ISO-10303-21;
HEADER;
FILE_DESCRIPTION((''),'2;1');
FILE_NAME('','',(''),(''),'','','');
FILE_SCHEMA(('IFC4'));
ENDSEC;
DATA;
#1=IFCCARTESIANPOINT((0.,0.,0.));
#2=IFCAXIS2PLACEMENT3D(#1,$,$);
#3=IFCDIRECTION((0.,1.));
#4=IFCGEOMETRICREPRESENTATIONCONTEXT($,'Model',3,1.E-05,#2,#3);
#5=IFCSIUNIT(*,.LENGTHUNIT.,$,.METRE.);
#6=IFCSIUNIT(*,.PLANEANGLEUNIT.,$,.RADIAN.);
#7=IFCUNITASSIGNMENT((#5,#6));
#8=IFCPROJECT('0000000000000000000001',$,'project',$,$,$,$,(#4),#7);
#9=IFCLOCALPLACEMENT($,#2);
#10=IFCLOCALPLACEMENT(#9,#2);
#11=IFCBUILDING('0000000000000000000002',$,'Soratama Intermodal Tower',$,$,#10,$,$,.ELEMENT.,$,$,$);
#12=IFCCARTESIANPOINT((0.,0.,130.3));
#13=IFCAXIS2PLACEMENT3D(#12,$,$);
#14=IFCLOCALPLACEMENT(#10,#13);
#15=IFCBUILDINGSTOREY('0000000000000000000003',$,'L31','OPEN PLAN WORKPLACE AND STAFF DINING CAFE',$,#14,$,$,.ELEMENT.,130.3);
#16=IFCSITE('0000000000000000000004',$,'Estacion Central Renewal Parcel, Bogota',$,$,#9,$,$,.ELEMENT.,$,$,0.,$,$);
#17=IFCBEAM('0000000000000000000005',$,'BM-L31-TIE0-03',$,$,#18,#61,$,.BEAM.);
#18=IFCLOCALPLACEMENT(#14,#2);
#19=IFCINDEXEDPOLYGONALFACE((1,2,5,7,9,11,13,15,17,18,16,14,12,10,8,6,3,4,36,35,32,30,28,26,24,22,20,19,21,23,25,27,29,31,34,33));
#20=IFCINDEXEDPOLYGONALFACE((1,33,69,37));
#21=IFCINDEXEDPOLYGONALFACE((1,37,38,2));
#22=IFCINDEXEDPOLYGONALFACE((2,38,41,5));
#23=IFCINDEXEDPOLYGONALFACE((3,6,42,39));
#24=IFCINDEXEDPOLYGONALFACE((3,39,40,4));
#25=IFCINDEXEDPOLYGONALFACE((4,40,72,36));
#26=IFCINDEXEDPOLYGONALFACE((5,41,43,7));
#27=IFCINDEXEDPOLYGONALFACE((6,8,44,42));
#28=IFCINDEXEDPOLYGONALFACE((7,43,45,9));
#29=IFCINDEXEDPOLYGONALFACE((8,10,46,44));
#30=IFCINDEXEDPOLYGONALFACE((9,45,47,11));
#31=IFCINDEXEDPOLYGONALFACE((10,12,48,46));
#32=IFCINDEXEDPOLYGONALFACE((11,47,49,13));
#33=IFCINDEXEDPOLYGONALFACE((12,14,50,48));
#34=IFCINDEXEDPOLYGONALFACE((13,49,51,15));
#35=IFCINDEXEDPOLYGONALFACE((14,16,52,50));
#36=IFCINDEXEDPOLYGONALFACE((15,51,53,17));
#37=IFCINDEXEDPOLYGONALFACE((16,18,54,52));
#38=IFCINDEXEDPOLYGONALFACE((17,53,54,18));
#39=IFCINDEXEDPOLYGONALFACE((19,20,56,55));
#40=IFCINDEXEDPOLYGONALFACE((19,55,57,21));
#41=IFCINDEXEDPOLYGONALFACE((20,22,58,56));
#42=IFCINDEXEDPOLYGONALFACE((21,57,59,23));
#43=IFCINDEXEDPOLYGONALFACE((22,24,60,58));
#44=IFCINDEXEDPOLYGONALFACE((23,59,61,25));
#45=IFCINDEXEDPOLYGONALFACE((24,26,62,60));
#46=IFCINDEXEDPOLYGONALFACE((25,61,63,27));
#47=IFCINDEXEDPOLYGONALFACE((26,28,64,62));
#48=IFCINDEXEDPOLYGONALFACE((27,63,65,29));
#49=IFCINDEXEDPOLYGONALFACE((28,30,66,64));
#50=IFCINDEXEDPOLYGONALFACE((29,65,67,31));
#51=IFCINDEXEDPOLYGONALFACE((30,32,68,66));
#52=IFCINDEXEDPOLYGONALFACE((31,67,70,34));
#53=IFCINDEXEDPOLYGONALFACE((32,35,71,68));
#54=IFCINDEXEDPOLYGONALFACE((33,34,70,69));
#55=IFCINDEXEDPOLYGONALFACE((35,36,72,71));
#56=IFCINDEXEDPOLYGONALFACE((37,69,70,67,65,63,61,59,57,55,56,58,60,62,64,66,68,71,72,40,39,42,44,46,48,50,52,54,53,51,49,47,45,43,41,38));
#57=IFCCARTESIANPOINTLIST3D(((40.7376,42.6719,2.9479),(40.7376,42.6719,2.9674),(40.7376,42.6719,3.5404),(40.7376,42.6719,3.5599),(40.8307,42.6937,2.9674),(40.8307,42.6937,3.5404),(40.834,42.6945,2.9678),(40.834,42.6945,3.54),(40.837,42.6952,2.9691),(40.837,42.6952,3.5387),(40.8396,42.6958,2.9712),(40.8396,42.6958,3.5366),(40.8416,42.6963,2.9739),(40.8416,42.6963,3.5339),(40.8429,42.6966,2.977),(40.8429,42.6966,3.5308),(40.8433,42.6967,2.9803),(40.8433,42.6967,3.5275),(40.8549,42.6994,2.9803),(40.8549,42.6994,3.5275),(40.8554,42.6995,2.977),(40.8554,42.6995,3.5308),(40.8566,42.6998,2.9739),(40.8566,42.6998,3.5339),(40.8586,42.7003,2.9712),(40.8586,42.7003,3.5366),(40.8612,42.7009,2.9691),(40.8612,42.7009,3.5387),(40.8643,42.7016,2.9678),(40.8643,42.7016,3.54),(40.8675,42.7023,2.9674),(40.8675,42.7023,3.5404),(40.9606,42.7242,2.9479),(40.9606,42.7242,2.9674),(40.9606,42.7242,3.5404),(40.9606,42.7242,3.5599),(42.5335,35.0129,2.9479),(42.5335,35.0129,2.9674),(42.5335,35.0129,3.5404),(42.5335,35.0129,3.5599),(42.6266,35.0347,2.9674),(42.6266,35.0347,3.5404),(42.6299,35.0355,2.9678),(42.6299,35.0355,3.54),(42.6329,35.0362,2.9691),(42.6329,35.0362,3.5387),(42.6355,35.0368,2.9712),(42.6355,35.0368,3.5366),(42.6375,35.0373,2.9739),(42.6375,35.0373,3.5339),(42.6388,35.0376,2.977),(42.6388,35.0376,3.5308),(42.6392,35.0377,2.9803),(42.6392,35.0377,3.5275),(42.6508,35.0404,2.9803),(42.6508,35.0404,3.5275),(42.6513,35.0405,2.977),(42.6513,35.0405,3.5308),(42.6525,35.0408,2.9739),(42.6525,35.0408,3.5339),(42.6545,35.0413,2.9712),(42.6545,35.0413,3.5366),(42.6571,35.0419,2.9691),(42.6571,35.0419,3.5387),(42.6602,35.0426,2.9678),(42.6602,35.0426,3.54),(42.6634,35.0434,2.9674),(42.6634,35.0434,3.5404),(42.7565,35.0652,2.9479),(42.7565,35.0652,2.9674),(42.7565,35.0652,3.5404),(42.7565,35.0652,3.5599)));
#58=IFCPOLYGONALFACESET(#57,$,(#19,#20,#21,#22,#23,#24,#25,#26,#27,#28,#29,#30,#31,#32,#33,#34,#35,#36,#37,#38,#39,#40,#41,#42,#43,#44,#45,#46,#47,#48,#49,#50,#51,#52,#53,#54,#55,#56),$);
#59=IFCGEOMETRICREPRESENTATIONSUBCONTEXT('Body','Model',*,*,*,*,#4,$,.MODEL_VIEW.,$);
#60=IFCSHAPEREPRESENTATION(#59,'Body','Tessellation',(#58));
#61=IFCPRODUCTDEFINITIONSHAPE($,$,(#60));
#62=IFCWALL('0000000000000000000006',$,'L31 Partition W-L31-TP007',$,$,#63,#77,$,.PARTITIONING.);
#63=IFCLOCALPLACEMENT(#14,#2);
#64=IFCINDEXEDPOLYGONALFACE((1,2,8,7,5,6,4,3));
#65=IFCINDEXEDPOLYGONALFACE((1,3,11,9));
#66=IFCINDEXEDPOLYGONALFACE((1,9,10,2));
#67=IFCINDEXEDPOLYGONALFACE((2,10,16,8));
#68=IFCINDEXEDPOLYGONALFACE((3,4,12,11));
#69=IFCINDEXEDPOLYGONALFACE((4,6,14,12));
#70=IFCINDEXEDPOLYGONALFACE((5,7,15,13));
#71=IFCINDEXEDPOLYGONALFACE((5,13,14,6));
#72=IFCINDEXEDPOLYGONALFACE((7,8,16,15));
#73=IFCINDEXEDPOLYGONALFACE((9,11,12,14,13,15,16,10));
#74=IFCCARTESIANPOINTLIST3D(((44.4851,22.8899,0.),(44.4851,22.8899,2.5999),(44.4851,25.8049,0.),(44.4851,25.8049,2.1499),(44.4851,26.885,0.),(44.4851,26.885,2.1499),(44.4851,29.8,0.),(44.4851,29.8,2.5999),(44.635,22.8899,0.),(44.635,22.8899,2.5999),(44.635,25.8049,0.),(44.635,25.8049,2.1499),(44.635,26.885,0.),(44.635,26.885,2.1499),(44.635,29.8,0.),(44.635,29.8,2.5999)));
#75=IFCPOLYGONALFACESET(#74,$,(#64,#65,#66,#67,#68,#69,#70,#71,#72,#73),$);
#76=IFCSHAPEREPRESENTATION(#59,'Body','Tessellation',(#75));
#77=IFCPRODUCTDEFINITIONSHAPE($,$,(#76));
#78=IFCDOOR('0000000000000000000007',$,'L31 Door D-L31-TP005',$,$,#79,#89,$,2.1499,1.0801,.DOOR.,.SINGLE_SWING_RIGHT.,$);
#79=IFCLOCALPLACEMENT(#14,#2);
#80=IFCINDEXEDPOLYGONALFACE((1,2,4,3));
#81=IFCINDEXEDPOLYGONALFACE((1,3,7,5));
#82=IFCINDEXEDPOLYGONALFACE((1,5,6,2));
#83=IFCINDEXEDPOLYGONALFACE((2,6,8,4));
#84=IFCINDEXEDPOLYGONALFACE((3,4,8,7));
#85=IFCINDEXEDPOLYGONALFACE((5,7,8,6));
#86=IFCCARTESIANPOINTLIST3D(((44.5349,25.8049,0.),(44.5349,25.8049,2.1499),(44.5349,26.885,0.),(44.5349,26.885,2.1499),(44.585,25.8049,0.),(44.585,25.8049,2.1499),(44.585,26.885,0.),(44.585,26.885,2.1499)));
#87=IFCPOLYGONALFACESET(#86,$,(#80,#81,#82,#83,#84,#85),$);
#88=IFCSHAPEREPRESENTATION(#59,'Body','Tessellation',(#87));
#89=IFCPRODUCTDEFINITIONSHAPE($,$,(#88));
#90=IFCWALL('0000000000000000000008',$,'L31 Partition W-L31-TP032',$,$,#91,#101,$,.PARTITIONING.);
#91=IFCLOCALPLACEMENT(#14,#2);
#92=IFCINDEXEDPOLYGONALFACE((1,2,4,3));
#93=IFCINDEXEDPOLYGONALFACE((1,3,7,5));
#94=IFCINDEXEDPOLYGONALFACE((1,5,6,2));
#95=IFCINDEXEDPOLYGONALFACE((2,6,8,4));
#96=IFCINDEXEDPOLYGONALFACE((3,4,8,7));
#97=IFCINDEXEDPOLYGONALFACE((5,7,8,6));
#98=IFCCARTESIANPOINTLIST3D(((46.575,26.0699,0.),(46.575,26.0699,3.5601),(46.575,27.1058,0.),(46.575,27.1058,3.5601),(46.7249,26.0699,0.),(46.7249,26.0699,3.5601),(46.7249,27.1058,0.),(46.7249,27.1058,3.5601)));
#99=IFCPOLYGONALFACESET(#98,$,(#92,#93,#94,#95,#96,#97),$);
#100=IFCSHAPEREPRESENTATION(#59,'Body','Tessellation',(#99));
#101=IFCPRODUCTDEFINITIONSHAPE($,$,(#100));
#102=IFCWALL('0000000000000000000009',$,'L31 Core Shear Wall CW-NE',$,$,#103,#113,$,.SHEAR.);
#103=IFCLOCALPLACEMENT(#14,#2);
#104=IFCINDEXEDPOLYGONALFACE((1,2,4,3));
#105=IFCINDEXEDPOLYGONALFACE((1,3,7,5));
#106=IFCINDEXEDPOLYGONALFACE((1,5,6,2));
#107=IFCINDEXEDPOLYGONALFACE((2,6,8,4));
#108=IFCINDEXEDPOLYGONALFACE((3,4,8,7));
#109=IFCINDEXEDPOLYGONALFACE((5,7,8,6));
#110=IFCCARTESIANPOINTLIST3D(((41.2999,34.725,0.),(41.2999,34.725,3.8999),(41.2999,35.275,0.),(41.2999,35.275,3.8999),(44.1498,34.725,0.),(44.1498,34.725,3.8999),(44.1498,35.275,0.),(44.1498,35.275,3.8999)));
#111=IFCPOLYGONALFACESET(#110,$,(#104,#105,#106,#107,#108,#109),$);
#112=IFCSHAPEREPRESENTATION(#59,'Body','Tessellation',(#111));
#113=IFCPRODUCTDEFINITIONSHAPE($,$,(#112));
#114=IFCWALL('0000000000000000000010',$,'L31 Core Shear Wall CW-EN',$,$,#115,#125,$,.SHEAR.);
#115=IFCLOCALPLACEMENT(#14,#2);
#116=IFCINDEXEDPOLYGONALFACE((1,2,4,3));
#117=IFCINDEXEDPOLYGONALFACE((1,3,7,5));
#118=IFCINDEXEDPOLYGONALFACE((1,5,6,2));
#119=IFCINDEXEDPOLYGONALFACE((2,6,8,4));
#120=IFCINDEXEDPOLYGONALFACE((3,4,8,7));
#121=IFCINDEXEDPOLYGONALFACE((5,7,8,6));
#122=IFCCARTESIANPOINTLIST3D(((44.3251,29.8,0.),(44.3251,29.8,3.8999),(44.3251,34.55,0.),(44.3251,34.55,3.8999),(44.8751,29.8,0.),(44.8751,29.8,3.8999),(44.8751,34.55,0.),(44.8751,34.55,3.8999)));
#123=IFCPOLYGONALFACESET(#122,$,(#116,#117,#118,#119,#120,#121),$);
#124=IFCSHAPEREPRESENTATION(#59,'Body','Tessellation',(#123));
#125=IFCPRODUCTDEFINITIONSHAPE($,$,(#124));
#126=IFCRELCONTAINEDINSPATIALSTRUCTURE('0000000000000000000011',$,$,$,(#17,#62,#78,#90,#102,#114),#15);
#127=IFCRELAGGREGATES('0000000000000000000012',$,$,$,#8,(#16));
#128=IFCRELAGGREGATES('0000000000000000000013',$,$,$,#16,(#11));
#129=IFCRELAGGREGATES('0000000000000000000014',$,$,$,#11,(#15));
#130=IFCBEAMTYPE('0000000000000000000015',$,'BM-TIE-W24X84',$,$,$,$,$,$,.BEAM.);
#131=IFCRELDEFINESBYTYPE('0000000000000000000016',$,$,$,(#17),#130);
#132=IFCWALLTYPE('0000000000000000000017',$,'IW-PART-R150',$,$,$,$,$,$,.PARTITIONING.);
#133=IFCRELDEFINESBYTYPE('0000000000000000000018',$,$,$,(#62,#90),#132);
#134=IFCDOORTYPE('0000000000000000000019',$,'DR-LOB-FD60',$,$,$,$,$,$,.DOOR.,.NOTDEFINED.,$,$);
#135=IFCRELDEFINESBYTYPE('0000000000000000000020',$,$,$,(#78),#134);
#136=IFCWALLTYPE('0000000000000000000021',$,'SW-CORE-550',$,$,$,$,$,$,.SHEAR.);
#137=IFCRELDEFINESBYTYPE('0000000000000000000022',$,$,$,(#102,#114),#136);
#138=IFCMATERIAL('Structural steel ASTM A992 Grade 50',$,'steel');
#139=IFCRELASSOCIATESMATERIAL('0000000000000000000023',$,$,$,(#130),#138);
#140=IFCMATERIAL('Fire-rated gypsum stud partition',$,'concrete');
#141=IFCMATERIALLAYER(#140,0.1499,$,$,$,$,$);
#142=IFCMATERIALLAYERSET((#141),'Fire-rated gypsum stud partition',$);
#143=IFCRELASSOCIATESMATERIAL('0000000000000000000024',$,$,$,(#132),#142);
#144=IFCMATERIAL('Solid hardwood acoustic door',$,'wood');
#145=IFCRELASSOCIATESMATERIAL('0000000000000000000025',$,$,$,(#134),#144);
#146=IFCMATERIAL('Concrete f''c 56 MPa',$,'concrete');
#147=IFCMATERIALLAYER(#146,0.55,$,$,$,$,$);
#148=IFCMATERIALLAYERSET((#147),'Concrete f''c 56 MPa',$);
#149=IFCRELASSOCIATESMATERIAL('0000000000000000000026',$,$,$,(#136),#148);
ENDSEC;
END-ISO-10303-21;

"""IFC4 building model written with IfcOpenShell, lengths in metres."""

from ifc_helpers import new_model, si_unit, direction, frame, frame_2d, origin, origin_2d, place, context, subcontext, project, spatial, rectangle, i_section, extrude, material, layer, layer_set, material_profile, profile_set, type_object, element, fill, save


model = new_model("IFC4")

# Units and contexts
model_context = context("Model", 3, precision=1e-05, world=origin(), true_north=direction((0.0, 1.0)))
body_context = subcontext(model_context, "Body", "Model", "MODEL_VIEW")
ifc_project = project(units=[si_unit("LENGTHUNIT", "METRE"), si_unit("PLANEANGLEUNIT", "RADIAN")], contexts=[model_context])

# Site, building, storey
site_placement = place(None, origin())
site = spatial("IfcSite", under=ifc_project, at=site_placement, Name="Estacion Central Renewal Parcel, Bogota", CompositionType="ELEMENT", RefElevation=0.0)
building_placement = place(site_placement, origin())
building = spatial("IfcBuilding", under=site, at=building_placement, Name="Soratama Intermodal Tower", CompositionType="ELEMENT")
storey_placement = place(building_placement, frame((0.0, 0.0, 130.3)))
storey = spatial("IfcBuildingStorey", under=building, at=storey_placement, Name="L31", Description="OPEN PLAN WORKPLACE AND STAFF DINING CAFE", CompositionType="ELEMENT", Elevation=130.3)

# Beam
ifc_material_1 = material(Name="Structural steel ASTM A992 Grade 50", Category="steel")
ifc_material_profile_1 = material_profile(ifc_material_1, i_section(OverallWidth=0.229, OverallDepth=0.6121, WebThickness=0.012, FlangeThickness=0.0195, FilletRadius=0.0129, at=origin_2d()), Name="W24X84")
ifc_profile_set_1 = profile_set([ifc_material_profile_1], Name="Structural steel ASTM A992 Grade 50")
beam_type_1 = type_object("IfcBeamType", Name="BM-TIE-W24X84", PredefinedType="BEAM", material=ifc_profile_set_1)
beam_1_placement = place(storey_placement, frame((42.645, 35.0391, 3.2539), z_axis=(-0.228292, 0.973593, 0.0), x_axis=(-0.973593, -0.228292, 0.0)))
element("IfcBeam", 1, at=beam_1_placement, inside=storey, type_object=beam_type_1, Name="BM-L31-TIE0-03", PredefinedType="BEAM", context=body_context, shape_type="SweptSolid", body=[
    extrude(i_section(OverallWidth=0.229, OverallDepth=0.6121, WebThickness=0.012, FlangeThickness=0.0195, FilletRadius=0.0129, at=origin_2d()), origin(), (0.0, 0.0, 1.0), 7.8667),
])

# Wall, opening, door
ifc_material_2 = material(Name="Fire-rated gypsum stud partition", Category="concrete")
ifc_layer_1 = layer(ifc_material_2, 0.1499)
ifc_layer_set_1 = layer_set([ifc_layer_1], Name="Fire-rated gypsum stud partition")
wall_type_1 = type_object("IfcWallType", Name="IW-PART-R150", PredefinedType="PARTITIONING", material=ifc_layer_set_1)
wall_1_placement = place(storey_placement, frame((44.5601, 29.8, 0.0), z_axis=(0.0, 0.0, 1.0), x_axis=(0.0, -1.0, 0.0)))
wall_1 = element("IfcWall", 2, at=wall_1_placement, inside=storey, type_object=wall_type_1, Name="L31 Partition W-L31-TP007", PredefinedType="PARTITIONING", context=body_context, shape_type="SweptSolid", body=[
    extrude(rectangle(XDim=6.9102, YDim=0.1499, at=frame_2d((3.4551, 0.0))), origin(), (0.0, 0.0, 1.0), 2.5999),
])
opening_1_placement = place(wall_1_placement, frame((2.915, 0.0, 0.0)))
opening_1 = element("IfcOpeningElement", 3, at=opening_1_placement, cuts=wall_1, PredefinedType="OPENING", context=body_context, shape_type="SweptSolid", body=[
    extrude(rectangle(XDim=1.0801, YDim=2.1499, at=frame_2d((0.54, 1.075))), frame((0.0, 0.085, 0.0), z_axis=(0.0, -1.0, 0.0), x_axis=(1.0, 0.0, 0.0)), (0.0, 0.0, 1.0), 0.1699),
])
ifc_material_3 = material(Name="Solid hardwood acoustic door", Category="wood")
door_type_1 = type_object("IfcDoorType", Name="DR-LOB-FD60", OperationType="NOTDEFINED", PredefinedType="DOOR", material=ifc_material_3)
door_1_placement = place(opening_1_placement, origin())
door_1 = element("IfcDoor", 4, at=door_1_placement, inside=storey, type_object=door_type_1, Name="L31 Door D-L31-TP005", OperationType="SINGLE_SWING_RIGHT", OverallHeight=2.1499, OverallWidth=1.0801, PredefinedType="DOOR", context=body_context, shape_type="SweptSolid", body=[
    extrude(rectangle(XDim=1.0801, YDim=2.1499, at=frame_2d((0.54, 1.075))), frame((0.0, 0.0249, 0.0), z_axis=(0.0, -1.0, 0.0), x_axis=(1.0, 0.0, 0.0)), (0.0, 0.0, 1.0), 0.05),
])
fill(opening_1, door_1)

# Walls
wall_2_placement = place(storey_placement, frame((46.6499, 27.106, 0.0), z_axis=(0.0, 0.0, 1.0), x_axis=(0.0, -1.0, 0.0)))
element("IfcWall", 5, at=wall_2_placement, inside=storey, type_object=wall_type_1, Name="L31 Partition W-L31-TP032", PredefinedType="PARTITIONING", context=body_context, shape_type="SweptSolid", body=[
    extrude(rectangle(XDim=1.0359, YDim=0.1499, at=frame_2d((0.5181, 0.0))), origin(), (0.0, 0.0, 1.0), 3.5601),
])
ifc_material_4 = material(Name="Concrete f'c 56 MPa", Category="concrete")
ifc_layer_2 = layer(ifc_material_4, 0.55)
ifc_layer_set_2 = layer_set([ifc_layer_2], Name="Concrete f'c 56 MPa")
wall_type_2 = type_object("IfcWallType", Name="SW-CORE-550", PredefinedType="SHEAR", material=ifc_layer_set_2)
wall_3_placement = place(storey_placement, frame((41.3, 35.0, 0.0), z_axis=(0.0, 0.0, 1.0), x_axis=(1.0, 0.0, 0.0)))
element("IfcWall", 6, at=wall_3_placement, inside=storey, type_object=wall_type_2, Name="L31 Core Shear Wall CW-NE", PredefinedType="SHEAR", context=body_context, shape_type="SweptSolid", body=[
    extrude(rectangle(XDim=2.8499, YDim=0.55, at=frame_2d((1.4248, 0.0))), origin(), (0.0, 0.0, 1.0), 3.8999),
])
wall_4_placement = place(storey_placement, frame((44.6001, 29.8, 0.0), z_axis=(0.0, 0.0, 1.0), x_axis=(0.0, 1.0, 0.0)))
element("IfcWall", 7, at=wall_4_placement, inside=storey, type_object=wall_type_2, Name="L31 Core Shear Wall CW-EN", PredefinedType="SHEAR", context=body_context, shape_type="SweptSolid", body=[
    extrude(rectangle(XDim=4.75, YDim=0.55, at=frame_2d((2.375, 0.0))), origin(), (0.0, 0.0, 1.0), 3.8999),
])

save(model, "model.ifc")
